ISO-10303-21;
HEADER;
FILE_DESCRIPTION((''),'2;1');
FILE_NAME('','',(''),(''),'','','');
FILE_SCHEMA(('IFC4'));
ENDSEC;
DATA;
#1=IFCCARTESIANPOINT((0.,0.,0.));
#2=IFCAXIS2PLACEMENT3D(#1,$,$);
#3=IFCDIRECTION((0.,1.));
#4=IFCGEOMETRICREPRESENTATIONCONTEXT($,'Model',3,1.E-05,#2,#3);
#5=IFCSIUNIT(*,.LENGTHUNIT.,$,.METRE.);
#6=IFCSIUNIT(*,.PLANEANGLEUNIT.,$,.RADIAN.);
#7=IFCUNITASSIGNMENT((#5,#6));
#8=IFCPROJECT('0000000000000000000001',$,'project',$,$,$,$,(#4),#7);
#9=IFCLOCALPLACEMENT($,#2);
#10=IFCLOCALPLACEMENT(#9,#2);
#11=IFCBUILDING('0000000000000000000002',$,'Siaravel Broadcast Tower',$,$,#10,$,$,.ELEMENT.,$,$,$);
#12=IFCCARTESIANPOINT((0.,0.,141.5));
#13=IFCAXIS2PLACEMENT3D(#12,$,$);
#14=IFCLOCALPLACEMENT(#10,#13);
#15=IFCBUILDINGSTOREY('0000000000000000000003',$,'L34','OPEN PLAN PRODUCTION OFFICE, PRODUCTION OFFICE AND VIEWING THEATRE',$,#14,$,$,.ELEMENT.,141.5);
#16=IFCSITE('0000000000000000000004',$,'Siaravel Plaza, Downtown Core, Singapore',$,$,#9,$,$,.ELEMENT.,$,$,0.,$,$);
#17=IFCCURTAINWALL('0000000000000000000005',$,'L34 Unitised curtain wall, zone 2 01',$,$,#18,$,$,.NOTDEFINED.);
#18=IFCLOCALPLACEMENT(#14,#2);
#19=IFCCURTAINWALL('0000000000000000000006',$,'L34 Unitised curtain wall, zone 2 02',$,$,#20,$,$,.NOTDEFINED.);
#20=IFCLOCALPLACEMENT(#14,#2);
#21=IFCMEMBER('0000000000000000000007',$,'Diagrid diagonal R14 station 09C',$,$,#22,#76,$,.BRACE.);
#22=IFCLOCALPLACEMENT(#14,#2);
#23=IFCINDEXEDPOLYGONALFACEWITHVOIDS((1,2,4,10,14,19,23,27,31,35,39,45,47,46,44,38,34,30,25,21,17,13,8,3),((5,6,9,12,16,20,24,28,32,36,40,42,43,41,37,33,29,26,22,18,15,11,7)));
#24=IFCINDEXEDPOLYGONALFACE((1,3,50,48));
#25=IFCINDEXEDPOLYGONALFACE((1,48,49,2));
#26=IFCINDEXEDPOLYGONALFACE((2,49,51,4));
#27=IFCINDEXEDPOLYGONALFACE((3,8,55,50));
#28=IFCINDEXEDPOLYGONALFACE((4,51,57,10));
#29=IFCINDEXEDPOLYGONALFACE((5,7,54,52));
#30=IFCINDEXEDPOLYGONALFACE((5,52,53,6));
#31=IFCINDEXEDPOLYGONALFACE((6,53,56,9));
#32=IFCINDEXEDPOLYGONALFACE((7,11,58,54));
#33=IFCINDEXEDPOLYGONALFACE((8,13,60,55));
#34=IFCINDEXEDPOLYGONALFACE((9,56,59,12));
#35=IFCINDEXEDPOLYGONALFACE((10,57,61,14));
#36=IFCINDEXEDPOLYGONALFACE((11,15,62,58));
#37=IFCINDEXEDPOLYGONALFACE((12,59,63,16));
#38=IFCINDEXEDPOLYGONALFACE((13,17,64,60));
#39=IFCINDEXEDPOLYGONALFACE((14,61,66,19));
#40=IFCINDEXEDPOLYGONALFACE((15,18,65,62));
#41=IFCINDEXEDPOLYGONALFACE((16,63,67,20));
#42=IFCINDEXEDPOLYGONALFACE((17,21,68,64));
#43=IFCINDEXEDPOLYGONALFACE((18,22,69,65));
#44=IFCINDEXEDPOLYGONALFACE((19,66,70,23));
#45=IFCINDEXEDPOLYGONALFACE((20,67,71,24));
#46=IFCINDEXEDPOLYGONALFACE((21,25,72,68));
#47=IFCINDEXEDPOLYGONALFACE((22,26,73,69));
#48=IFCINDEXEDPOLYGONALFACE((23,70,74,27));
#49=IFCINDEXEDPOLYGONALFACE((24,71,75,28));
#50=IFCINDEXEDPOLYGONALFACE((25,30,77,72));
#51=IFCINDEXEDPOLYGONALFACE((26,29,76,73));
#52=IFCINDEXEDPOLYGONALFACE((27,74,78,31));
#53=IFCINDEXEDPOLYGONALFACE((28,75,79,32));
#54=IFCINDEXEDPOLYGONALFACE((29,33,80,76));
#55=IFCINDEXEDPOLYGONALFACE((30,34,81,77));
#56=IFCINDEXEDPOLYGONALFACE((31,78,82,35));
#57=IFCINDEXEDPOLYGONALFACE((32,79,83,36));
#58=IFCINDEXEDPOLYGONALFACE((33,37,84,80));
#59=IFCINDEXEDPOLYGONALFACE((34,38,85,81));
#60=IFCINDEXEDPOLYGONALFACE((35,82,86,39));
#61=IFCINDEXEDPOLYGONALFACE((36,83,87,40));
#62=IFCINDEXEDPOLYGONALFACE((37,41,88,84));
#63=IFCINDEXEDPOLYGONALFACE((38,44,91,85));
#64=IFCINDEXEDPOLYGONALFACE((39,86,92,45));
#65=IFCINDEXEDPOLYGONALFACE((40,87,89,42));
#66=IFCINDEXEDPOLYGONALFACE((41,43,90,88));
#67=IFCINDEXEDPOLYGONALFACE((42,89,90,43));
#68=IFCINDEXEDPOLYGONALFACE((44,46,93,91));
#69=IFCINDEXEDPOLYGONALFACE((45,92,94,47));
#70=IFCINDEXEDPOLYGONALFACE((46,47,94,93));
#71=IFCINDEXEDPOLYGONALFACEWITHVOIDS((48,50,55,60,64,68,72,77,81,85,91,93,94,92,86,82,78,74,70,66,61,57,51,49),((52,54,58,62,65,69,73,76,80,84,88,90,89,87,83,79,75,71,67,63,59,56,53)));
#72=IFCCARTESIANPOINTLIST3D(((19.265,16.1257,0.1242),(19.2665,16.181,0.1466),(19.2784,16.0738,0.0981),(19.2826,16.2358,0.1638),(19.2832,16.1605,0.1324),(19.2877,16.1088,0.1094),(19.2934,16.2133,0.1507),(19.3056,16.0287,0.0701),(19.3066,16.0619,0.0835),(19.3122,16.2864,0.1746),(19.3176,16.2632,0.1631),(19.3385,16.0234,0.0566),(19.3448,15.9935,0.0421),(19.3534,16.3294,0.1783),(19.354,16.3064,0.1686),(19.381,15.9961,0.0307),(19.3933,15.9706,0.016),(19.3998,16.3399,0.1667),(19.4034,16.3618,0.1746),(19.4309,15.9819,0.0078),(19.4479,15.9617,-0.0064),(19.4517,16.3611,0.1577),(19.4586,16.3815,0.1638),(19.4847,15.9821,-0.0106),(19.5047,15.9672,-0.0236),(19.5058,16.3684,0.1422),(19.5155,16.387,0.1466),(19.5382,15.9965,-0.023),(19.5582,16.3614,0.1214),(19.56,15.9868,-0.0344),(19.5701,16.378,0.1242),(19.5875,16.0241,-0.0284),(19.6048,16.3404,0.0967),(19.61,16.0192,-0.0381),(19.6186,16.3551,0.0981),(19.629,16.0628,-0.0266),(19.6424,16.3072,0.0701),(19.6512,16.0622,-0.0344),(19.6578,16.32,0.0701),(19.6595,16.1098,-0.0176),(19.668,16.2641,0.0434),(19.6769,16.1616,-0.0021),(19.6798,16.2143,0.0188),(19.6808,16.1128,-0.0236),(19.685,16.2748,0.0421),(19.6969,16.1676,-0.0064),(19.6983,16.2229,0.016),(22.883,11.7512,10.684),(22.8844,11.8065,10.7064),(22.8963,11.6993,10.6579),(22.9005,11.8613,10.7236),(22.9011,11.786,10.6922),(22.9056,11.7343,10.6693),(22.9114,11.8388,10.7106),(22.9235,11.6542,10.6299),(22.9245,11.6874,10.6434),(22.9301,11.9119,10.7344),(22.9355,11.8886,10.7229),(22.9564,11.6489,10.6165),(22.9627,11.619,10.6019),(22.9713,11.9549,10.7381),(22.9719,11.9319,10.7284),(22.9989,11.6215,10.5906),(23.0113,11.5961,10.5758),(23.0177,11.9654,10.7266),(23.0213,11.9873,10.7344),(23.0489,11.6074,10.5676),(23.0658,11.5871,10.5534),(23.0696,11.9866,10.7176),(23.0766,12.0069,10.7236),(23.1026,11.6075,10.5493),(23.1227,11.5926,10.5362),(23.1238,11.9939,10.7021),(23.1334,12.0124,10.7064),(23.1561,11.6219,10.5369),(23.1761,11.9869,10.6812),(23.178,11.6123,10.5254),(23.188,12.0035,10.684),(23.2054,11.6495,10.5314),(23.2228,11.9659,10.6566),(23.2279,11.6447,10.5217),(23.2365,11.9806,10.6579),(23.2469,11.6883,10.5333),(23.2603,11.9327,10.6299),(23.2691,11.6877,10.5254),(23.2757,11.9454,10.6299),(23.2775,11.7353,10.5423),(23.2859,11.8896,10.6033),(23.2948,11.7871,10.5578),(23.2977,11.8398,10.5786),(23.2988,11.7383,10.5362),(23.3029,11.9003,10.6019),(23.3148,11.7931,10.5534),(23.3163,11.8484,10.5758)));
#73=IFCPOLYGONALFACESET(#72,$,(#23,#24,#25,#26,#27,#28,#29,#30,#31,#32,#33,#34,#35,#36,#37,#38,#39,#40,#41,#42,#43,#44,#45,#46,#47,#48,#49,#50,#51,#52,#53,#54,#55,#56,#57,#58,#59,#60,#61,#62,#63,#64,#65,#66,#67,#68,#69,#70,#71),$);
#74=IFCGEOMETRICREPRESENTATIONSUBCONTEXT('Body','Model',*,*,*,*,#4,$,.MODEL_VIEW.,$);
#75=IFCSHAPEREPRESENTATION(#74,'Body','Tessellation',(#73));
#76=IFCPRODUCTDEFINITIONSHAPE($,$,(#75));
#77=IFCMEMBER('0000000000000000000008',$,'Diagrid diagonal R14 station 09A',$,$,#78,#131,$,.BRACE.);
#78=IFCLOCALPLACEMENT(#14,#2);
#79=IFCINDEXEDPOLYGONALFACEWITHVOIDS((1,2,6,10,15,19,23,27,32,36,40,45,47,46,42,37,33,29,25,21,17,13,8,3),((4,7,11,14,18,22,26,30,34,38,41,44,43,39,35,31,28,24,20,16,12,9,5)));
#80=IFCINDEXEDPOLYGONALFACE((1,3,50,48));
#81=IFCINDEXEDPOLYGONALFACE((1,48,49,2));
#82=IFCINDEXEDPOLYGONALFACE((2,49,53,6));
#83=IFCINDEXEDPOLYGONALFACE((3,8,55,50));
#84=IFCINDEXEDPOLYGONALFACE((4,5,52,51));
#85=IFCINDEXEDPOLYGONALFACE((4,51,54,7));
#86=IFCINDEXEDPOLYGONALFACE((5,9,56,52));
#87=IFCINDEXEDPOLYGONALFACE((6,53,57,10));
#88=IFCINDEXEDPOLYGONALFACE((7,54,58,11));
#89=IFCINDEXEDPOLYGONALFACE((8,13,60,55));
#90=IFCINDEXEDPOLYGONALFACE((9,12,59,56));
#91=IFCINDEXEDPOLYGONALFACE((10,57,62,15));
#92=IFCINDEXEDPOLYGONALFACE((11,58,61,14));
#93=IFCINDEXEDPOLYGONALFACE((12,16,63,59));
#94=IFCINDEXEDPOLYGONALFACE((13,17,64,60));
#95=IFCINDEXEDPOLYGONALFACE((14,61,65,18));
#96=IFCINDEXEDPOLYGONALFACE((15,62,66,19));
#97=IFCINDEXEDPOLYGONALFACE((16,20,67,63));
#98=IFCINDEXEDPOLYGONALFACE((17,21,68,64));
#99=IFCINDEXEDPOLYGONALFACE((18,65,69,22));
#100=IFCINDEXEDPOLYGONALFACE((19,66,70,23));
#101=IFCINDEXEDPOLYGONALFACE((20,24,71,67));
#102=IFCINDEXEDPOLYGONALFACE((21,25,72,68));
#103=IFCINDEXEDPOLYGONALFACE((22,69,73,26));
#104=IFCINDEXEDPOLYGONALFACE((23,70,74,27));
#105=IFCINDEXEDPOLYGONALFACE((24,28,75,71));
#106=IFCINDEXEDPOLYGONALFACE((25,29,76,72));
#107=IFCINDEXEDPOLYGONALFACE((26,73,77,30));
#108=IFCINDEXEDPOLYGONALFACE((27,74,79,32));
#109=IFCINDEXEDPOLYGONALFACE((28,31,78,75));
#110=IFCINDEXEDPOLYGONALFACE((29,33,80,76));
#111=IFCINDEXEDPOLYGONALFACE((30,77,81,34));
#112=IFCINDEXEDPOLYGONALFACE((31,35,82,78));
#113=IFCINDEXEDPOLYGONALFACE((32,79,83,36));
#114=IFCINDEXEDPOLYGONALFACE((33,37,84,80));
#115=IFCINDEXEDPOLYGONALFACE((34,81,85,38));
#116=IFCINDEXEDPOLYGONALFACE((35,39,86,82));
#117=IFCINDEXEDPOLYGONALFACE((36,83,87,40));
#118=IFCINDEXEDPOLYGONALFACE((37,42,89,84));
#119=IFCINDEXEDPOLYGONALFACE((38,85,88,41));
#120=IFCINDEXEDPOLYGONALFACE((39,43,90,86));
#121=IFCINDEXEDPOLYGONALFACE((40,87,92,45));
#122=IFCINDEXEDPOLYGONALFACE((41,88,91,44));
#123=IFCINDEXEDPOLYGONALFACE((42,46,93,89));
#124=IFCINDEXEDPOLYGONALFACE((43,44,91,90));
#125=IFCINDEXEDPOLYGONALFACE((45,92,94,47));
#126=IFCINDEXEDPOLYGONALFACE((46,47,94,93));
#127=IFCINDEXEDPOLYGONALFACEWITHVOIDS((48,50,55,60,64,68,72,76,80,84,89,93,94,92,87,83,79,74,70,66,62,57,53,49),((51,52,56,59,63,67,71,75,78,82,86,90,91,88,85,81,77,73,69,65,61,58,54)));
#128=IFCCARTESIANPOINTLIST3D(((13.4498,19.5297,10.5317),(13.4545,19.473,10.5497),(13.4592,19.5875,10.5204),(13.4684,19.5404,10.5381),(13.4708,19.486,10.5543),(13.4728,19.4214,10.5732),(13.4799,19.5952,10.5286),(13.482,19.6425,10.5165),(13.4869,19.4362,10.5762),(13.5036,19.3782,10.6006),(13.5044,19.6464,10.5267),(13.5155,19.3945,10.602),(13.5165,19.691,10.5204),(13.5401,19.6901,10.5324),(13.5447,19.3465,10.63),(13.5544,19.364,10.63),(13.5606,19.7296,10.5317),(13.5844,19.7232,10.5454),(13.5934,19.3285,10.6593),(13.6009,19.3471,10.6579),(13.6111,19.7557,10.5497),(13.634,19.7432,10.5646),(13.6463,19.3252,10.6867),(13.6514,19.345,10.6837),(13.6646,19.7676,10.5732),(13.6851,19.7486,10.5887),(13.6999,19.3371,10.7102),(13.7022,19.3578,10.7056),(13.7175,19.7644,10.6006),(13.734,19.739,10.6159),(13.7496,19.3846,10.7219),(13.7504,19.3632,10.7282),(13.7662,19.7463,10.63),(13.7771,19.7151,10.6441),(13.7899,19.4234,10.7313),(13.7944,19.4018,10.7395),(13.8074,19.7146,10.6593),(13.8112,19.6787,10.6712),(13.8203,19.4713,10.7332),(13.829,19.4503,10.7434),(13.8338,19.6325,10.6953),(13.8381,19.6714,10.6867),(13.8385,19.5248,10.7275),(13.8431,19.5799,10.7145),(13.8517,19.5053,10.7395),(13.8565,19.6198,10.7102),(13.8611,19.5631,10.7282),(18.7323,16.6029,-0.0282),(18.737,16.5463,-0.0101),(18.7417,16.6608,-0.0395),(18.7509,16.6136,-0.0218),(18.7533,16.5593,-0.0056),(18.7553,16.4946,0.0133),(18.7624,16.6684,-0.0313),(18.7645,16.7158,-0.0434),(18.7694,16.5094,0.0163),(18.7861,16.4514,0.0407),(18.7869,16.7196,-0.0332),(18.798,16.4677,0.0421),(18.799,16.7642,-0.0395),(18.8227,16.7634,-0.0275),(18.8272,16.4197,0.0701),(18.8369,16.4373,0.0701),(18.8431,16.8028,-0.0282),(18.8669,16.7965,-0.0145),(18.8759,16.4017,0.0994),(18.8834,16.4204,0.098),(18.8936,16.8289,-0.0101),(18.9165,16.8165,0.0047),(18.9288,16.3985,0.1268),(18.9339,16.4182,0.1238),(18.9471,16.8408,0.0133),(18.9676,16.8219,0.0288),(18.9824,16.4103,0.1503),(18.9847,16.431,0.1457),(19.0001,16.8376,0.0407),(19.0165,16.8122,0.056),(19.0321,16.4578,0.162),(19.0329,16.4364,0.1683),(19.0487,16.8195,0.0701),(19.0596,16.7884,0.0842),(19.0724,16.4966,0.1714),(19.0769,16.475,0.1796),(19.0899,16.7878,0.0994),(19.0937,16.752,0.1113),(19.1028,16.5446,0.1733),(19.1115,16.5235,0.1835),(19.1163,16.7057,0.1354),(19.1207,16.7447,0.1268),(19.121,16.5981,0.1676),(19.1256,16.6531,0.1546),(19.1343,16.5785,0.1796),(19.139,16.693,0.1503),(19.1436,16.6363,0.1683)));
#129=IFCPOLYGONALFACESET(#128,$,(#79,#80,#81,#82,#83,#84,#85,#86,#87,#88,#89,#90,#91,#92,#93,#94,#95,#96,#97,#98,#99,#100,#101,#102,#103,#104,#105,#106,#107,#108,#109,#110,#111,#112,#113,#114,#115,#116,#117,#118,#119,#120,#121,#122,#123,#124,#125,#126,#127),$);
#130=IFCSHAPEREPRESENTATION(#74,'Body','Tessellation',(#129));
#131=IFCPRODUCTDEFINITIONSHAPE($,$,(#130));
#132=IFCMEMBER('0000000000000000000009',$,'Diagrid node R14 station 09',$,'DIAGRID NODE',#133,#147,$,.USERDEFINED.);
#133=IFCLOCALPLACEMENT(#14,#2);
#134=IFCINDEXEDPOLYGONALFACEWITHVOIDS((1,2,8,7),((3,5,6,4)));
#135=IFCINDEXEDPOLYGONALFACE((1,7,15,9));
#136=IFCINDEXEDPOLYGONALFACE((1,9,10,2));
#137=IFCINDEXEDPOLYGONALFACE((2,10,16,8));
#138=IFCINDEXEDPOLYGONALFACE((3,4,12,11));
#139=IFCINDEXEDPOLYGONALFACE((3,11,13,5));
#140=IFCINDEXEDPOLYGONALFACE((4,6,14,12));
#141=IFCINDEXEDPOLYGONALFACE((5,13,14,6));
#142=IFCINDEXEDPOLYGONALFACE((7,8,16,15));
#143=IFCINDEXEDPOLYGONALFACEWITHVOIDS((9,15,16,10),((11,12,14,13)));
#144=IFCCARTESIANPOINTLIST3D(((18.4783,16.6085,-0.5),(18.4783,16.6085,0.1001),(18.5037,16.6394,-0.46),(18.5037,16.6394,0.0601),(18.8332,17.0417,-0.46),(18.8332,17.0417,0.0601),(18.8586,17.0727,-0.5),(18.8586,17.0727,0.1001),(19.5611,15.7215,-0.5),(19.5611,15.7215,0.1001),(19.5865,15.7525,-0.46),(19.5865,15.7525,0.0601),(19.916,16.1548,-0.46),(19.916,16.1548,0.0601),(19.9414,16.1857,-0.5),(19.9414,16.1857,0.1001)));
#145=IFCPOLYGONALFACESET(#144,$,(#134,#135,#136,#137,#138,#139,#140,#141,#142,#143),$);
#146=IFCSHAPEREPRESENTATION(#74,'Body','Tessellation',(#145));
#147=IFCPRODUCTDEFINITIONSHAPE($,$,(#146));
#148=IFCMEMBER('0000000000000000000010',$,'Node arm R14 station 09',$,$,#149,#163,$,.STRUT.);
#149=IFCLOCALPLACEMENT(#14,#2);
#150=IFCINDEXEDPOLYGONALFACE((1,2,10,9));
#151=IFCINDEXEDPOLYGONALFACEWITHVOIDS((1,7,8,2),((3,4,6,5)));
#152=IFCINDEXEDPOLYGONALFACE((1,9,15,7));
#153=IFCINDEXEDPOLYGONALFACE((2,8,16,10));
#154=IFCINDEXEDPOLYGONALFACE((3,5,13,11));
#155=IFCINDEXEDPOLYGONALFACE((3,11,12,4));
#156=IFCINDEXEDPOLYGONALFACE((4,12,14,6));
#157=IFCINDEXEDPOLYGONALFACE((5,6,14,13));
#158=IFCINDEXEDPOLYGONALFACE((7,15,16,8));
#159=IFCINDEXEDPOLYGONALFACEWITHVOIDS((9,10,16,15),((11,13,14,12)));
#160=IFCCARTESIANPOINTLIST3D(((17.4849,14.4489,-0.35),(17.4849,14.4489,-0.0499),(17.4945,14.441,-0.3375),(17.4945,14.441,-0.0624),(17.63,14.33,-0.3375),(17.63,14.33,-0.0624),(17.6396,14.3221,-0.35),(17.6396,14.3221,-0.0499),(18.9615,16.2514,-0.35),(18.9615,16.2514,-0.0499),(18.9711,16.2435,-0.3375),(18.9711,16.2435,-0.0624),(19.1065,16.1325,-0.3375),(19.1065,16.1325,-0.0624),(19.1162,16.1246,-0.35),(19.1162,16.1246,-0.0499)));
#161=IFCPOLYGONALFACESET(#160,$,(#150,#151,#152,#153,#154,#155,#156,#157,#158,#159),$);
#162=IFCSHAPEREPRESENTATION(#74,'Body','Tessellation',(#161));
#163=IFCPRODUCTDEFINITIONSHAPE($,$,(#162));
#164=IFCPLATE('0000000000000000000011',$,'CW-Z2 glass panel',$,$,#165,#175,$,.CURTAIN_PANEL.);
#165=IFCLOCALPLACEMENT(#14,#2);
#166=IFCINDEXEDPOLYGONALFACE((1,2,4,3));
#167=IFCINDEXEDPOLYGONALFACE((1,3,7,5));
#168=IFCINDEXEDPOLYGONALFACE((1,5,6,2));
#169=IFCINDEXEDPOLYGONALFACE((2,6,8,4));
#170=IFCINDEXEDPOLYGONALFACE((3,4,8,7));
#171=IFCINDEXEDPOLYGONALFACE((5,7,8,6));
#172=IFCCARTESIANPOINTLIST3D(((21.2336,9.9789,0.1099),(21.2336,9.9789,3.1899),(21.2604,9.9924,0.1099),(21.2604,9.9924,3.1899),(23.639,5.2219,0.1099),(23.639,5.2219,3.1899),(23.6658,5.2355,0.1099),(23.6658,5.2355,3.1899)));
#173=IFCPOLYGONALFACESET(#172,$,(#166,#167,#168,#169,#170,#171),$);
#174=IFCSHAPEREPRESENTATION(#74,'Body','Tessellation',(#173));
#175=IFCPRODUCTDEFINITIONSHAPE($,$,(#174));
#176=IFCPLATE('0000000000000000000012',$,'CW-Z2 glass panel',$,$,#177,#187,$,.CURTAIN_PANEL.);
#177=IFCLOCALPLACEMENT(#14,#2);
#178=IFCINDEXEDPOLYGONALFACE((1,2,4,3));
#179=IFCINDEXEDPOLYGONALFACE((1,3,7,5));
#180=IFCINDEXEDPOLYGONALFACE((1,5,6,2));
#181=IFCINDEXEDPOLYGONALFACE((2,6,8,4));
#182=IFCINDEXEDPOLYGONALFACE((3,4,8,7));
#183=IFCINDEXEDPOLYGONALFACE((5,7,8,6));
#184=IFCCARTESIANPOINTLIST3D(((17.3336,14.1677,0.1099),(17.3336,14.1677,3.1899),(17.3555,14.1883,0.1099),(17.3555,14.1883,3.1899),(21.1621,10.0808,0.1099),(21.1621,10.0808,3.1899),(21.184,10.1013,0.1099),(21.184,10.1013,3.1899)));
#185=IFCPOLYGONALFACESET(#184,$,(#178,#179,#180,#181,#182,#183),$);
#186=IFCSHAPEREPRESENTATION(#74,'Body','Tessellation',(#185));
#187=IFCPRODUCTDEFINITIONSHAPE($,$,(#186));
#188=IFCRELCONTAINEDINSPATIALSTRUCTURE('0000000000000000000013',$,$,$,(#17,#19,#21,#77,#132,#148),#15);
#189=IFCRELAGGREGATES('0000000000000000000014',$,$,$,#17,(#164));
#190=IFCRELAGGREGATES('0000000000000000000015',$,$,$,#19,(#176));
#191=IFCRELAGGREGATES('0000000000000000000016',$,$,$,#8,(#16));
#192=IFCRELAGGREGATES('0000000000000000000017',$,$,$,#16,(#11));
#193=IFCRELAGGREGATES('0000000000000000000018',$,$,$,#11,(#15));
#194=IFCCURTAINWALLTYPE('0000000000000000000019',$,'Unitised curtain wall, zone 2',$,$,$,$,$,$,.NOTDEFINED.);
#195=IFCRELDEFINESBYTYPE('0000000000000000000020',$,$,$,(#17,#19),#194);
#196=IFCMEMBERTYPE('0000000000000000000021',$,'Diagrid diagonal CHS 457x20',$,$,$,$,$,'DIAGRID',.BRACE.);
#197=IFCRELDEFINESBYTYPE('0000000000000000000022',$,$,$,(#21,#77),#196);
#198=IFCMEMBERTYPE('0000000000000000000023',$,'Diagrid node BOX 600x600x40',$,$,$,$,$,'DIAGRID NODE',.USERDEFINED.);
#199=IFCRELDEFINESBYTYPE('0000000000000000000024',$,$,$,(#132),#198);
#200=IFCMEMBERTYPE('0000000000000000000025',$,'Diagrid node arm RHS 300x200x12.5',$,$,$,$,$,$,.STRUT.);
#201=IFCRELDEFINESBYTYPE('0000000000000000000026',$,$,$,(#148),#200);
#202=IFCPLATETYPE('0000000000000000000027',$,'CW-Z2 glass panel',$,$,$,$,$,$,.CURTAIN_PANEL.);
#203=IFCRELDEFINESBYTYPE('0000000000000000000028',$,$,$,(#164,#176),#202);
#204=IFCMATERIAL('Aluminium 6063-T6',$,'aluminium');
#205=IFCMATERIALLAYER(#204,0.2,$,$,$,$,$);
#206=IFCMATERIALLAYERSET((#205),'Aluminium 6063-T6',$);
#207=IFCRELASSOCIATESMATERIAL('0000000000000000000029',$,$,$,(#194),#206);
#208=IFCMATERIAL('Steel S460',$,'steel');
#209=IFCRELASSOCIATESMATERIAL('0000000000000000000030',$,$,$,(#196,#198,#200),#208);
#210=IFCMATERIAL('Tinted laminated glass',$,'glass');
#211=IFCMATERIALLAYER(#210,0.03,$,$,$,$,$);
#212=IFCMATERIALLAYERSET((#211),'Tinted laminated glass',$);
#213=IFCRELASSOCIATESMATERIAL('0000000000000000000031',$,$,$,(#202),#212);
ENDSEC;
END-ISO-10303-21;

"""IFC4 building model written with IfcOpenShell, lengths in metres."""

from ifc_helpers import new_model, si_unit, direction, frame, origin, origin_2d, place, context, subcontext, project, spatial, rectangle, hollow_rectangle, hollow_circle, extrude, material, layer, layer_set, material_profile, profile_set, type_object, element, aggregate, save


model = new_model("IFC4")

# Units and contexts
model_context = context("Model", 3, precision=1e-05, world=origin(), true_north=direction((0.0, 1.0)))
body_context = subcontext(model_context, "Body", "Model", "MODEL_VIEW")
ifc_project = project(units=[si_unit("LENGTHUNIT", "METRE"), si_unit("PLANEANGLEUNIT", "RADIAN")], contexts=[model_context])

# Site, building, storey
site_placement = place(None, origin())
site = spatial("IfcSite", under=ifc_project, at=site_placement, Name="Siaravel Plaza, Downtown Core, Singapore", CompositionType="ELEMENT", RefElevation=0.0)
building_placement = place(site_placement, origin())
building = spatial("IfcBuilding", under=site, at=building_placement, Name="Siaravel Broadcast Tower", CompositionType="ELEMENT")
storey_placement = place(building_placement, frame((0.0, 0.0, 141.5)))
storey = spatial("IfcBuildingStorey", under=building, at=storey_placement, Name="L34", Description="OPEN PLAN PRODUCTION OFFICE, PRODUCTION OFFICE AND VIEWING THEATRE", CompositionType="ELEMENT", Elevation=141.5)

# Curtain wall
ifc_material_1 = material(Name="Aluminium 6063-T6", Category="aluminium")
ifc_layer_1 = layer(ifc_material_1, 0.2)
ifc_layer_set_1 = layer_set([ifc_layer_1], Name="Aluminium 6063-T6")
curtain_wall_type = type_object("IfcCurtainWallType", Name="Unitised curtain wall, zone 2", PredefinedType="NOTDEFINED", material=ifc_layer_set_1)
curtain_wall_1_placement = place(storey_placement, origin())
curtain_wall_1 = element("IfcCurtainWall", 1, at=curtain_wall_1_placement, inside=storey, type_object=curtain_wall_type, Name="L34 Unitised curtain wall, zone 2 01", PredefinedType="NOTDEFINED")

# Curtain wall
curtain_wall_2_placement = place(storey_placement, origin())
curtain_wall_2 = element("IfcCurtainWall", 2, at=curtain_wall_2_placement, inside=storey, type_object=curtain_wall_type, Name="L34 Unitised curtain wall, zone 2 02", PredefinedType="NOTDEFINED")

# Members
ifc_material_2 = material(Name="Steel S460", Category="steel")
ifc_material_profile_1 = material_profile(ifc_material_2, hollow_circle(Radius=0.2285, WallThickness=0.02, at=origin_2d()))
ifc_profile_set_1 = profile_set([ifc_material_profile_1], Name="Steel S460")
member_type_1 = type_object("IfcMemberType", Name="Diagrid diagonal CHS 457x20", ElementType="DIAGRID", PredefinedType="BRACE", material=ifc_profile_set_1)
member_1_placement = place(storey_placement, frame((19.4817, 16.1743, 0.0701), z_axis=(0.301771, -0.364878, 0.880794), x_axis=(0.770599, 0.63732, 0.0)))
element("IfcMember", 3, at=member_1_placement, inside=storey, type_object=member_type_1, Name="Diagrid diagonal R14 station 09C", PredefinedType="BRACE", context=body_context, shape_type="SweptSolid", body=[
    extrude(hollow_circle(Radius=0.2285, WallThickness=0.02, at=origin_2d()), origin(), (0.0, 0.0, 1.0), 11.989),
])
member_2_placement = place(storey_placement, frame((18.938, 16.6196, 0.0701), z_axis=(-0.434246, 0.240594, 0.86807), x_axis=(-0.484637, -0.874715, 0.0)))
element("IfcMember", 4, at=member_2_placement, inside=storey, type_object=member_type_1, Name="Diagrid diagonal R14 station 09A", PredefinedType="BRACE", context=body_context, shape_type="SweptSolid", body=[
    extrude(hollow_circle(Radius=0.2285, WallThickness=0.02, at=origin_2d()), origin(), (0.0, 0.0, 1.0), 12.1648),
])
ifc_material_profile_2 = material_profile(ifc_material_2, hollow_rectangle(XDim=0.6001, YDim=0.6001, WallThickness=0.04, at=origin_2d()))
ifc_profile_set_2 = profile_set([ifc_material_profile_2], Name="Steel S460")
member_type_2 = type_object("IfcMemberType", Name="Diagrid node BOX 600x600x40", ElementType="DIAGRID NODE", PredefinedType="USERDEFINED", material=ifc_profile_set_2)
member_3_placement = place(storey_placement, frame((19.7512, 15.9536, -0.2), z_axis=(-0.773584, 0.633694, 0.0), x_axis=(-0.633694, -0.773584, 0.0)))
element("IfcMember", 5, at=member_3_placement, inside=storey, type_object=member_type_2, Name="Diagrid node R14 station 09", ObjectType="DIAGRID NODE", PredefinedType="USERDEFINED", context=body_context, shape_type="SweptSolid", body=[
    extrude(hollow_rectangle(XDim=0.6001, YDim=0.6001, WallThickness=0.04, at=origin_2d()), origin(), (0.0, 0.0, 1.0), 1.3997),
])
ifc_material_profile_3 = material_profile(ifc_material_2, hollow_rectangle(XDim=0.2, YDim=0.3, WallThickness=0.0125, at=origin_2d()))
ifc_profile_set_3 = profile_set([ifc_material_profile_3], Name="Steel S460")
member_type_3 = type_object("IfcMemberType", Name="Diagrid node arm RHS 300x200x12.5", PredefinedType="STRUT", material=ifc_profile_set_3)
member_4_placement = place(storey_placement, frame((17.5623, 14.3855, -0.2), z_axis=(0.6337, 0.773579, 0.0), x_axis=(-0.773579, 0.6337, 0.0)))
element("IfcMember", 6, at=member_4_placement, inside=storey, type_object=member_type_3, Name="Node arm R14 station 09", PredefinedType="STRUT", context=body_context, shape_type="SweptSolid", body=[
    extrude(hollow_rectangle(XDim=0.2, YDim=0.3, WallThickness=0.0125, at=origin_2d()), origin(), (0.0, 0.0, 1.0), 2.3301),
])

# Plates
ifc_material_3 = material(Name="Tinted laminated glass", Category="glass")
ifc_layer_2 = layer(ifc_material_3, 0.03)
ifc_layer_set_2 = layer_set([ifc_layer_2], Name="Tinted laminated glass")
plate_type = type_object("IfcPlateType", Name="CW-Z2 glass panel", PredefinedType="CURTAIN_PANEL", material=ifc_layer_set_2)
plate_1_placement = place(storey_placement, frame((22.4497, 7.6072, 0.1099), z_axis=(0.0, 0.0, 1.0), x_axis=(-0.45126, 0.892392, 0.0)))
plate_1 = element("IfcPlate", 7, at=plate_1_placement, type_object=plate_type, Name="CW-Z2 glass panel", PredefinedType="CURTAIN_PANEL", context=body_context, shape_type="SweptSolid", body=[
    extrude(rectangle(XDim=5.3306, YDim=0.03, at=origin_2d()), origin(), (0.0, 0.0, 1.0), 3.0801),
])
aggregate(curtain_wall_1, [plate_1])
plate_2_placement = place(storey_placement, frame((19.2588, 12.1345, 0.1099), z_axis=(0.0, 0.0, 1.0), x_axis=(-0.683655, 0.729806, 0.0)))
plate_2 = element("IfcPlate", 8, at=plate_2_placement, type_object=plate_type, Name="CW-Z2 glass panel", PredefinedType="CURTAIN_PANEL", context=body_context, shape_type="SweptSolid", body=[
    extrude(rectangle(XDim=5.6001, YDim=0.03, at=origin_2d()), origin(), (0.0, 0.0, 1.0), 3.0801),
])
aggregate(curtain_wall_2, [plate_2])

save(model, "model.ifc")
